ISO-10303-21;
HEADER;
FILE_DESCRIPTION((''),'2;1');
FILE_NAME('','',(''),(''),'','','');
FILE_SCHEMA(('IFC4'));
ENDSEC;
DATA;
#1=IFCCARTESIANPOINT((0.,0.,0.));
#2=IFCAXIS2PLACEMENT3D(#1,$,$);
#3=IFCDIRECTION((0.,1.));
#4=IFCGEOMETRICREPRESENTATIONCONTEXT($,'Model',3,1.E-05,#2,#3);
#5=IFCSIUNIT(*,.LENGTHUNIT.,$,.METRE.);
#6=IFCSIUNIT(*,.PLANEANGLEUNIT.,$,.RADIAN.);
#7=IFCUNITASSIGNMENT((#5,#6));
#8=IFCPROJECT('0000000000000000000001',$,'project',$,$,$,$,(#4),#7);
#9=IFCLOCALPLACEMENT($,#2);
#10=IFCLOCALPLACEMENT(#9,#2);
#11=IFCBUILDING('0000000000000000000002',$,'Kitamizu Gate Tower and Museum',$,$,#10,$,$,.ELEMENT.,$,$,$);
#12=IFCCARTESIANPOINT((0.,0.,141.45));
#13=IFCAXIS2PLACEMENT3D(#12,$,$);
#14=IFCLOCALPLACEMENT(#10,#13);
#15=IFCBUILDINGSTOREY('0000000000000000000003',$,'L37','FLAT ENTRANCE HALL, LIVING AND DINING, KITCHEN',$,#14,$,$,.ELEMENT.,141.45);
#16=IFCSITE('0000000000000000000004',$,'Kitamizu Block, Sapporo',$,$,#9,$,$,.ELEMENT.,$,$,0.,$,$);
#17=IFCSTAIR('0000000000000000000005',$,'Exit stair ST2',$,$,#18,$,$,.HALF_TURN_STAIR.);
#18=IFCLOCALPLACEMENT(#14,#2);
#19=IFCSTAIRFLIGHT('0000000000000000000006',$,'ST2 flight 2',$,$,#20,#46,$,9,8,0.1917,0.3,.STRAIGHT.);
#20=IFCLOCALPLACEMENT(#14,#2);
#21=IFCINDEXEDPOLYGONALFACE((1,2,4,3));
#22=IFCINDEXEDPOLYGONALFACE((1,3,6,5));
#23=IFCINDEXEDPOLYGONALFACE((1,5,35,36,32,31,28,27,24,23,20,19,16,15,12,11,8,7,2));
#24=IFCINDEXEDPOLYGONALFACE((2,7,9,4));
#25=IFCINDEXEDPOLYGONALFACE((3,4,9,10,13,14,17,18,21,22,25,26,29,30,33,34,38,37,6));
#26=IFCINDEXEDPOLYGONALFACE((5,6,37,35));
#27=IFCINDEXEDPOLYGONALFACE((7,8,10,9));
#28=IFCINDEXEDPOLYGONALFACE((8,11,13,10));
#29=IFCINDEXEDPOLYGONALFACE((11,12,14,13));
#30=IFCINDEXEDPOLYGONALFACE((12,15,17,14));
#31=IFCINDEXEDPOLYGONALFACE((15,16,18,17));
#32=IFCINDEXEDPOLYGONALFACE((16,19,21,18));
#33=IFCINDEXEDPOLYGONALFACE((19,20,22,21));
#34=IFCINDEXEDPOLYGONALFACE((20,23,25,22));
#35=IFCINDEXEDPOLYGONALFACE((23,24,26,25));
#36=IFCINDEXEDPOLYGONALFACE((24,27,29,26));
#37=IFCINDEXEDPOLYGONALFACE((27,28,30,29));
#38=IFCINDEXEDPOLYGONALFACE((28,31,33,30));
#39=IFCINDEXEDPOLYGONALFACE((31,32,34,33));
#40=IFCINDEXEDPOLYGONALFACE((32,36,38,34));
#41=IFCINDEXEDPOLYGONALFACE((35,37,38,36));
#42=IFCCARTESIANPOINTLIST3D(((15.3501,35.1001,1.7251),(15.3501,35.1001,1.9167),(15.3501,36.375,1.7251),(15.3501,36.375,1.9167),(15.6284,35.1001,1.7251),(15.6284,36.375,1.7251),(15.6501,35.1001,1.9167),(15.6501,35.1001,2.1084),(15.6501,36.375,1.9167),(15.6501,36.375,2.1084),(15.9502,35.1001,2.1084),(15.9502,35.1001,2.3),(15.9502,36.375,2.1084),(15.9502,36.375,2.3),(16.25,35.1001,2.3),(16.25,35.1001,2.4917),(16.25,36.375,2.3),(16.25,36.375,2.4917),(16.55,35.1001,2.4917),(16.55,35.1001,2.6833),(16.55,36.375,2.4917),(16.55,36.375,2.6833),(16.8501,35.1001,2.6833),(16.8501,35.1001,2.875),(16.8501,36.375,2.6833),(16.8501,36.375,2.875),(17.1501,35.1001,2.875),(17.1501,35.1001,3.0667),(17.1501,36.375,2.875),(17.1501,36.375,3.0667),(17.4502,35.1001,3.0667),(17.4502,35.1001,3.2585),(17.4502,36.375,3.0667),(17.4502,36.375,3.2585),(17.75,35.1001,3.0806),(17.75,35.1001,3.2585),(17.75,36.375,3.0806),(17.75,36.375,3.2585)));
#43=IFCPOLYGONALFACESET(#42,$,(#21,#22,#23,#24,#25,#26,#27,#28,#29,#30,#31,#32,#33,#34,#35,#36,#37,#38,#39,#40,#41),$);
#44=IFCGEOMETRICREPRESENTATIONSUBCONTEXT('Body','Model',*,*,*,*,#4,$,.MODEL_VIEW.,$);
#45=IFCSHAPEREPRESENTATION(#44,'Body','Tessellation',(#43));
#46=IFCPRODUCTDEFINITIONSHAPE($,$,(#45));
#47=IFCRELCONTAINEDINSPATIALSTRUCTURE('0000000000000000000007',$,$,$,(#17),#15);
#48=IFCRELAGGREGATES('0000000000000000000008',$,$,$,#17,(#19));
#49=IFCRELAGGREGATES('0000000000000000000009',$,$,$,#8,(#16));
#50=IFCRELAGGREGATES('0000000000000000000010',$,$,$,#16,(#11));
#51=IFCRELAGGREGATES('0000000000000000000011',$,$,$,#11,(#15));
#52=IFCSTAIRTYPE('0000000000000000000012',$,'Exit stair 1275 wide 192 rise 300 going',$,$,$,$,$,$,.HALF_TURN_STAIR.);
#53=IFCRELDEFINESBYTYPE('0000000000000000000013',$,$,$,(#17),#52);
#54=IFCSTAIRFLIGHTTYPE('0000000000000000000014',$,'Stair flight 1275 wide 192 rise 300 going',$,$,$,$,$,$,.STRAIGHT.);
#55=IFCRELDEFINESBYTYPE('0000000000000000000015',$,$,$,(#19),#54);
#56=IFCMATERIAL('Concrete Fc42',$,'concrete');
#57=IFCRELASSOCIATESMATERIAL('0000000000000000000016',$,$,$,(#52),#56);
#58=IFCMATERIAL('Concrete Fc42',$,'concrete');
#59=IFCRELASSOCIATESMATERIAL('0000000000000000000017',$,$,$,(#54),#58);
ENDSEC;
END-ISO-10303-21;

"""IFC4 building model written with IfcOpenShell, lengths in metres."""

from ifc_helpers import new_model, si_unit, direction, frame, origin, place, context, subcontext, project, spatial, polyline, outline, extrude, material, type_object, element, aggregate, save


model = new_model("IFC4")

# Units and contexts
model_context = context("Model", 3, precision=1e-05, world=origin(), true_north=direction((0.0, 1.0)))
body_context = subcontext(model_context, "Body", "Model", "MODEL_VIEW")
ifc_project = project(units=[si_unit("LENGTHUNIT", "METRE"), si_unit("PLANEANGLEUNIT", "RADIAN")], contexts=[model_context])

# Site, building, storey
site_placement = place(None, origin())
site = spatial("IfcSite", under=ifc_project, at=site_placement, Name="Kitamizu Block, Sapporo", CompositionType="ELEMENT", RefElevation=0.0)
building_placement = place(site_placement, origin())
building = spatial("IfcBuilding", under=site, at=building_placement, Name="Kitamizu Gate Tower and Museum", CompositionType="ELEMENT")
storey_placement = place(building_placement, frame((0.0, 0.0, 141.45)))
storey = spatial("IfcBuildingStorey", under=building, at=storey_placement, Name="L37", Description="FLAT ENTRANCE HALL, LIVING AND DINING, KITCHEN", CompositionType="ELEMENT", Elevation=141.45)

# Stair, stair flight
ifc_material_1 = material(Name="Concrete Fc42", Category="concrete")
stair_type = type_object("IfcStairType", Name="Exit stair 1275 wide 192 rise 300 going", PredefinedType="HALF_TURN_STAIR", material=ifc_material_1)
stair_placement = place(storey_placement, origin())
stair = element("IfcStair", 1, at=stair_placement, inside=storey, type_object=stair_type, Name="Exit stair ST2", PredefinedType="HALF_TURN_STAIR")
ifc_material_2 = material(Name="Concrete Fc42", Category="concrete")
stair_flight_type = type_object("IfcStairFlightType", Name="Stair flight 1275 wide 192 rise 300 going", PredefinedType="STRAIGHT", material=ifc_material_2)
stair_flight_placement = place(storey_placement, frame((15.3501, 35.7375, 1.7251), z_axis=(0.0, 0.0, 1.0), x_axis=(1.0, 0.0, 0.0)))
stair_flight = element("IfcStairFlight", 2, at=stair_flight_placement, type_object=stair_flight_type, Name="ST2 flight 2", NumberOfRisers=9, NumberOfTreads=8, PredefinedType="STRAIGHT", RiserHeight=0.1917, TreadLength=0.3, context=body_context, shape_type="SweptSolid", body=[
    extrude(outline(polyline([(0.0, 0.0), (0.0, 0.1917), (0.3, 0.1917), (0.3, 0.3833), (0.6001, 0.3833), (0.6001, 0.575), (0.8999, 0.575), (0.8999, 0.7666), (1.2, 0.7666), (1.2, 0.9583), (1.5, 0.9583), (1.5, 1.1499), (1.8, 1.1499), (1.8, 1.3416), (2.1001, 1.3416), (2.1001, 1.5334), (2.3999, 1.5334), (2.3999, 1.7251), (2.3999, 1.3555), (0.2783, 0.0), (0.0, 0.0)])), frame((0.0, 0.6375, 0.0), z_axis=(0.0, -1.0, 0.0), x_axis=(1.0, 0.0, 0.0)), (0.0, 0.0, 1.0), 1.2749),
])
aggregate(stair, [stair_flight])

save(model, "model.ifc")
